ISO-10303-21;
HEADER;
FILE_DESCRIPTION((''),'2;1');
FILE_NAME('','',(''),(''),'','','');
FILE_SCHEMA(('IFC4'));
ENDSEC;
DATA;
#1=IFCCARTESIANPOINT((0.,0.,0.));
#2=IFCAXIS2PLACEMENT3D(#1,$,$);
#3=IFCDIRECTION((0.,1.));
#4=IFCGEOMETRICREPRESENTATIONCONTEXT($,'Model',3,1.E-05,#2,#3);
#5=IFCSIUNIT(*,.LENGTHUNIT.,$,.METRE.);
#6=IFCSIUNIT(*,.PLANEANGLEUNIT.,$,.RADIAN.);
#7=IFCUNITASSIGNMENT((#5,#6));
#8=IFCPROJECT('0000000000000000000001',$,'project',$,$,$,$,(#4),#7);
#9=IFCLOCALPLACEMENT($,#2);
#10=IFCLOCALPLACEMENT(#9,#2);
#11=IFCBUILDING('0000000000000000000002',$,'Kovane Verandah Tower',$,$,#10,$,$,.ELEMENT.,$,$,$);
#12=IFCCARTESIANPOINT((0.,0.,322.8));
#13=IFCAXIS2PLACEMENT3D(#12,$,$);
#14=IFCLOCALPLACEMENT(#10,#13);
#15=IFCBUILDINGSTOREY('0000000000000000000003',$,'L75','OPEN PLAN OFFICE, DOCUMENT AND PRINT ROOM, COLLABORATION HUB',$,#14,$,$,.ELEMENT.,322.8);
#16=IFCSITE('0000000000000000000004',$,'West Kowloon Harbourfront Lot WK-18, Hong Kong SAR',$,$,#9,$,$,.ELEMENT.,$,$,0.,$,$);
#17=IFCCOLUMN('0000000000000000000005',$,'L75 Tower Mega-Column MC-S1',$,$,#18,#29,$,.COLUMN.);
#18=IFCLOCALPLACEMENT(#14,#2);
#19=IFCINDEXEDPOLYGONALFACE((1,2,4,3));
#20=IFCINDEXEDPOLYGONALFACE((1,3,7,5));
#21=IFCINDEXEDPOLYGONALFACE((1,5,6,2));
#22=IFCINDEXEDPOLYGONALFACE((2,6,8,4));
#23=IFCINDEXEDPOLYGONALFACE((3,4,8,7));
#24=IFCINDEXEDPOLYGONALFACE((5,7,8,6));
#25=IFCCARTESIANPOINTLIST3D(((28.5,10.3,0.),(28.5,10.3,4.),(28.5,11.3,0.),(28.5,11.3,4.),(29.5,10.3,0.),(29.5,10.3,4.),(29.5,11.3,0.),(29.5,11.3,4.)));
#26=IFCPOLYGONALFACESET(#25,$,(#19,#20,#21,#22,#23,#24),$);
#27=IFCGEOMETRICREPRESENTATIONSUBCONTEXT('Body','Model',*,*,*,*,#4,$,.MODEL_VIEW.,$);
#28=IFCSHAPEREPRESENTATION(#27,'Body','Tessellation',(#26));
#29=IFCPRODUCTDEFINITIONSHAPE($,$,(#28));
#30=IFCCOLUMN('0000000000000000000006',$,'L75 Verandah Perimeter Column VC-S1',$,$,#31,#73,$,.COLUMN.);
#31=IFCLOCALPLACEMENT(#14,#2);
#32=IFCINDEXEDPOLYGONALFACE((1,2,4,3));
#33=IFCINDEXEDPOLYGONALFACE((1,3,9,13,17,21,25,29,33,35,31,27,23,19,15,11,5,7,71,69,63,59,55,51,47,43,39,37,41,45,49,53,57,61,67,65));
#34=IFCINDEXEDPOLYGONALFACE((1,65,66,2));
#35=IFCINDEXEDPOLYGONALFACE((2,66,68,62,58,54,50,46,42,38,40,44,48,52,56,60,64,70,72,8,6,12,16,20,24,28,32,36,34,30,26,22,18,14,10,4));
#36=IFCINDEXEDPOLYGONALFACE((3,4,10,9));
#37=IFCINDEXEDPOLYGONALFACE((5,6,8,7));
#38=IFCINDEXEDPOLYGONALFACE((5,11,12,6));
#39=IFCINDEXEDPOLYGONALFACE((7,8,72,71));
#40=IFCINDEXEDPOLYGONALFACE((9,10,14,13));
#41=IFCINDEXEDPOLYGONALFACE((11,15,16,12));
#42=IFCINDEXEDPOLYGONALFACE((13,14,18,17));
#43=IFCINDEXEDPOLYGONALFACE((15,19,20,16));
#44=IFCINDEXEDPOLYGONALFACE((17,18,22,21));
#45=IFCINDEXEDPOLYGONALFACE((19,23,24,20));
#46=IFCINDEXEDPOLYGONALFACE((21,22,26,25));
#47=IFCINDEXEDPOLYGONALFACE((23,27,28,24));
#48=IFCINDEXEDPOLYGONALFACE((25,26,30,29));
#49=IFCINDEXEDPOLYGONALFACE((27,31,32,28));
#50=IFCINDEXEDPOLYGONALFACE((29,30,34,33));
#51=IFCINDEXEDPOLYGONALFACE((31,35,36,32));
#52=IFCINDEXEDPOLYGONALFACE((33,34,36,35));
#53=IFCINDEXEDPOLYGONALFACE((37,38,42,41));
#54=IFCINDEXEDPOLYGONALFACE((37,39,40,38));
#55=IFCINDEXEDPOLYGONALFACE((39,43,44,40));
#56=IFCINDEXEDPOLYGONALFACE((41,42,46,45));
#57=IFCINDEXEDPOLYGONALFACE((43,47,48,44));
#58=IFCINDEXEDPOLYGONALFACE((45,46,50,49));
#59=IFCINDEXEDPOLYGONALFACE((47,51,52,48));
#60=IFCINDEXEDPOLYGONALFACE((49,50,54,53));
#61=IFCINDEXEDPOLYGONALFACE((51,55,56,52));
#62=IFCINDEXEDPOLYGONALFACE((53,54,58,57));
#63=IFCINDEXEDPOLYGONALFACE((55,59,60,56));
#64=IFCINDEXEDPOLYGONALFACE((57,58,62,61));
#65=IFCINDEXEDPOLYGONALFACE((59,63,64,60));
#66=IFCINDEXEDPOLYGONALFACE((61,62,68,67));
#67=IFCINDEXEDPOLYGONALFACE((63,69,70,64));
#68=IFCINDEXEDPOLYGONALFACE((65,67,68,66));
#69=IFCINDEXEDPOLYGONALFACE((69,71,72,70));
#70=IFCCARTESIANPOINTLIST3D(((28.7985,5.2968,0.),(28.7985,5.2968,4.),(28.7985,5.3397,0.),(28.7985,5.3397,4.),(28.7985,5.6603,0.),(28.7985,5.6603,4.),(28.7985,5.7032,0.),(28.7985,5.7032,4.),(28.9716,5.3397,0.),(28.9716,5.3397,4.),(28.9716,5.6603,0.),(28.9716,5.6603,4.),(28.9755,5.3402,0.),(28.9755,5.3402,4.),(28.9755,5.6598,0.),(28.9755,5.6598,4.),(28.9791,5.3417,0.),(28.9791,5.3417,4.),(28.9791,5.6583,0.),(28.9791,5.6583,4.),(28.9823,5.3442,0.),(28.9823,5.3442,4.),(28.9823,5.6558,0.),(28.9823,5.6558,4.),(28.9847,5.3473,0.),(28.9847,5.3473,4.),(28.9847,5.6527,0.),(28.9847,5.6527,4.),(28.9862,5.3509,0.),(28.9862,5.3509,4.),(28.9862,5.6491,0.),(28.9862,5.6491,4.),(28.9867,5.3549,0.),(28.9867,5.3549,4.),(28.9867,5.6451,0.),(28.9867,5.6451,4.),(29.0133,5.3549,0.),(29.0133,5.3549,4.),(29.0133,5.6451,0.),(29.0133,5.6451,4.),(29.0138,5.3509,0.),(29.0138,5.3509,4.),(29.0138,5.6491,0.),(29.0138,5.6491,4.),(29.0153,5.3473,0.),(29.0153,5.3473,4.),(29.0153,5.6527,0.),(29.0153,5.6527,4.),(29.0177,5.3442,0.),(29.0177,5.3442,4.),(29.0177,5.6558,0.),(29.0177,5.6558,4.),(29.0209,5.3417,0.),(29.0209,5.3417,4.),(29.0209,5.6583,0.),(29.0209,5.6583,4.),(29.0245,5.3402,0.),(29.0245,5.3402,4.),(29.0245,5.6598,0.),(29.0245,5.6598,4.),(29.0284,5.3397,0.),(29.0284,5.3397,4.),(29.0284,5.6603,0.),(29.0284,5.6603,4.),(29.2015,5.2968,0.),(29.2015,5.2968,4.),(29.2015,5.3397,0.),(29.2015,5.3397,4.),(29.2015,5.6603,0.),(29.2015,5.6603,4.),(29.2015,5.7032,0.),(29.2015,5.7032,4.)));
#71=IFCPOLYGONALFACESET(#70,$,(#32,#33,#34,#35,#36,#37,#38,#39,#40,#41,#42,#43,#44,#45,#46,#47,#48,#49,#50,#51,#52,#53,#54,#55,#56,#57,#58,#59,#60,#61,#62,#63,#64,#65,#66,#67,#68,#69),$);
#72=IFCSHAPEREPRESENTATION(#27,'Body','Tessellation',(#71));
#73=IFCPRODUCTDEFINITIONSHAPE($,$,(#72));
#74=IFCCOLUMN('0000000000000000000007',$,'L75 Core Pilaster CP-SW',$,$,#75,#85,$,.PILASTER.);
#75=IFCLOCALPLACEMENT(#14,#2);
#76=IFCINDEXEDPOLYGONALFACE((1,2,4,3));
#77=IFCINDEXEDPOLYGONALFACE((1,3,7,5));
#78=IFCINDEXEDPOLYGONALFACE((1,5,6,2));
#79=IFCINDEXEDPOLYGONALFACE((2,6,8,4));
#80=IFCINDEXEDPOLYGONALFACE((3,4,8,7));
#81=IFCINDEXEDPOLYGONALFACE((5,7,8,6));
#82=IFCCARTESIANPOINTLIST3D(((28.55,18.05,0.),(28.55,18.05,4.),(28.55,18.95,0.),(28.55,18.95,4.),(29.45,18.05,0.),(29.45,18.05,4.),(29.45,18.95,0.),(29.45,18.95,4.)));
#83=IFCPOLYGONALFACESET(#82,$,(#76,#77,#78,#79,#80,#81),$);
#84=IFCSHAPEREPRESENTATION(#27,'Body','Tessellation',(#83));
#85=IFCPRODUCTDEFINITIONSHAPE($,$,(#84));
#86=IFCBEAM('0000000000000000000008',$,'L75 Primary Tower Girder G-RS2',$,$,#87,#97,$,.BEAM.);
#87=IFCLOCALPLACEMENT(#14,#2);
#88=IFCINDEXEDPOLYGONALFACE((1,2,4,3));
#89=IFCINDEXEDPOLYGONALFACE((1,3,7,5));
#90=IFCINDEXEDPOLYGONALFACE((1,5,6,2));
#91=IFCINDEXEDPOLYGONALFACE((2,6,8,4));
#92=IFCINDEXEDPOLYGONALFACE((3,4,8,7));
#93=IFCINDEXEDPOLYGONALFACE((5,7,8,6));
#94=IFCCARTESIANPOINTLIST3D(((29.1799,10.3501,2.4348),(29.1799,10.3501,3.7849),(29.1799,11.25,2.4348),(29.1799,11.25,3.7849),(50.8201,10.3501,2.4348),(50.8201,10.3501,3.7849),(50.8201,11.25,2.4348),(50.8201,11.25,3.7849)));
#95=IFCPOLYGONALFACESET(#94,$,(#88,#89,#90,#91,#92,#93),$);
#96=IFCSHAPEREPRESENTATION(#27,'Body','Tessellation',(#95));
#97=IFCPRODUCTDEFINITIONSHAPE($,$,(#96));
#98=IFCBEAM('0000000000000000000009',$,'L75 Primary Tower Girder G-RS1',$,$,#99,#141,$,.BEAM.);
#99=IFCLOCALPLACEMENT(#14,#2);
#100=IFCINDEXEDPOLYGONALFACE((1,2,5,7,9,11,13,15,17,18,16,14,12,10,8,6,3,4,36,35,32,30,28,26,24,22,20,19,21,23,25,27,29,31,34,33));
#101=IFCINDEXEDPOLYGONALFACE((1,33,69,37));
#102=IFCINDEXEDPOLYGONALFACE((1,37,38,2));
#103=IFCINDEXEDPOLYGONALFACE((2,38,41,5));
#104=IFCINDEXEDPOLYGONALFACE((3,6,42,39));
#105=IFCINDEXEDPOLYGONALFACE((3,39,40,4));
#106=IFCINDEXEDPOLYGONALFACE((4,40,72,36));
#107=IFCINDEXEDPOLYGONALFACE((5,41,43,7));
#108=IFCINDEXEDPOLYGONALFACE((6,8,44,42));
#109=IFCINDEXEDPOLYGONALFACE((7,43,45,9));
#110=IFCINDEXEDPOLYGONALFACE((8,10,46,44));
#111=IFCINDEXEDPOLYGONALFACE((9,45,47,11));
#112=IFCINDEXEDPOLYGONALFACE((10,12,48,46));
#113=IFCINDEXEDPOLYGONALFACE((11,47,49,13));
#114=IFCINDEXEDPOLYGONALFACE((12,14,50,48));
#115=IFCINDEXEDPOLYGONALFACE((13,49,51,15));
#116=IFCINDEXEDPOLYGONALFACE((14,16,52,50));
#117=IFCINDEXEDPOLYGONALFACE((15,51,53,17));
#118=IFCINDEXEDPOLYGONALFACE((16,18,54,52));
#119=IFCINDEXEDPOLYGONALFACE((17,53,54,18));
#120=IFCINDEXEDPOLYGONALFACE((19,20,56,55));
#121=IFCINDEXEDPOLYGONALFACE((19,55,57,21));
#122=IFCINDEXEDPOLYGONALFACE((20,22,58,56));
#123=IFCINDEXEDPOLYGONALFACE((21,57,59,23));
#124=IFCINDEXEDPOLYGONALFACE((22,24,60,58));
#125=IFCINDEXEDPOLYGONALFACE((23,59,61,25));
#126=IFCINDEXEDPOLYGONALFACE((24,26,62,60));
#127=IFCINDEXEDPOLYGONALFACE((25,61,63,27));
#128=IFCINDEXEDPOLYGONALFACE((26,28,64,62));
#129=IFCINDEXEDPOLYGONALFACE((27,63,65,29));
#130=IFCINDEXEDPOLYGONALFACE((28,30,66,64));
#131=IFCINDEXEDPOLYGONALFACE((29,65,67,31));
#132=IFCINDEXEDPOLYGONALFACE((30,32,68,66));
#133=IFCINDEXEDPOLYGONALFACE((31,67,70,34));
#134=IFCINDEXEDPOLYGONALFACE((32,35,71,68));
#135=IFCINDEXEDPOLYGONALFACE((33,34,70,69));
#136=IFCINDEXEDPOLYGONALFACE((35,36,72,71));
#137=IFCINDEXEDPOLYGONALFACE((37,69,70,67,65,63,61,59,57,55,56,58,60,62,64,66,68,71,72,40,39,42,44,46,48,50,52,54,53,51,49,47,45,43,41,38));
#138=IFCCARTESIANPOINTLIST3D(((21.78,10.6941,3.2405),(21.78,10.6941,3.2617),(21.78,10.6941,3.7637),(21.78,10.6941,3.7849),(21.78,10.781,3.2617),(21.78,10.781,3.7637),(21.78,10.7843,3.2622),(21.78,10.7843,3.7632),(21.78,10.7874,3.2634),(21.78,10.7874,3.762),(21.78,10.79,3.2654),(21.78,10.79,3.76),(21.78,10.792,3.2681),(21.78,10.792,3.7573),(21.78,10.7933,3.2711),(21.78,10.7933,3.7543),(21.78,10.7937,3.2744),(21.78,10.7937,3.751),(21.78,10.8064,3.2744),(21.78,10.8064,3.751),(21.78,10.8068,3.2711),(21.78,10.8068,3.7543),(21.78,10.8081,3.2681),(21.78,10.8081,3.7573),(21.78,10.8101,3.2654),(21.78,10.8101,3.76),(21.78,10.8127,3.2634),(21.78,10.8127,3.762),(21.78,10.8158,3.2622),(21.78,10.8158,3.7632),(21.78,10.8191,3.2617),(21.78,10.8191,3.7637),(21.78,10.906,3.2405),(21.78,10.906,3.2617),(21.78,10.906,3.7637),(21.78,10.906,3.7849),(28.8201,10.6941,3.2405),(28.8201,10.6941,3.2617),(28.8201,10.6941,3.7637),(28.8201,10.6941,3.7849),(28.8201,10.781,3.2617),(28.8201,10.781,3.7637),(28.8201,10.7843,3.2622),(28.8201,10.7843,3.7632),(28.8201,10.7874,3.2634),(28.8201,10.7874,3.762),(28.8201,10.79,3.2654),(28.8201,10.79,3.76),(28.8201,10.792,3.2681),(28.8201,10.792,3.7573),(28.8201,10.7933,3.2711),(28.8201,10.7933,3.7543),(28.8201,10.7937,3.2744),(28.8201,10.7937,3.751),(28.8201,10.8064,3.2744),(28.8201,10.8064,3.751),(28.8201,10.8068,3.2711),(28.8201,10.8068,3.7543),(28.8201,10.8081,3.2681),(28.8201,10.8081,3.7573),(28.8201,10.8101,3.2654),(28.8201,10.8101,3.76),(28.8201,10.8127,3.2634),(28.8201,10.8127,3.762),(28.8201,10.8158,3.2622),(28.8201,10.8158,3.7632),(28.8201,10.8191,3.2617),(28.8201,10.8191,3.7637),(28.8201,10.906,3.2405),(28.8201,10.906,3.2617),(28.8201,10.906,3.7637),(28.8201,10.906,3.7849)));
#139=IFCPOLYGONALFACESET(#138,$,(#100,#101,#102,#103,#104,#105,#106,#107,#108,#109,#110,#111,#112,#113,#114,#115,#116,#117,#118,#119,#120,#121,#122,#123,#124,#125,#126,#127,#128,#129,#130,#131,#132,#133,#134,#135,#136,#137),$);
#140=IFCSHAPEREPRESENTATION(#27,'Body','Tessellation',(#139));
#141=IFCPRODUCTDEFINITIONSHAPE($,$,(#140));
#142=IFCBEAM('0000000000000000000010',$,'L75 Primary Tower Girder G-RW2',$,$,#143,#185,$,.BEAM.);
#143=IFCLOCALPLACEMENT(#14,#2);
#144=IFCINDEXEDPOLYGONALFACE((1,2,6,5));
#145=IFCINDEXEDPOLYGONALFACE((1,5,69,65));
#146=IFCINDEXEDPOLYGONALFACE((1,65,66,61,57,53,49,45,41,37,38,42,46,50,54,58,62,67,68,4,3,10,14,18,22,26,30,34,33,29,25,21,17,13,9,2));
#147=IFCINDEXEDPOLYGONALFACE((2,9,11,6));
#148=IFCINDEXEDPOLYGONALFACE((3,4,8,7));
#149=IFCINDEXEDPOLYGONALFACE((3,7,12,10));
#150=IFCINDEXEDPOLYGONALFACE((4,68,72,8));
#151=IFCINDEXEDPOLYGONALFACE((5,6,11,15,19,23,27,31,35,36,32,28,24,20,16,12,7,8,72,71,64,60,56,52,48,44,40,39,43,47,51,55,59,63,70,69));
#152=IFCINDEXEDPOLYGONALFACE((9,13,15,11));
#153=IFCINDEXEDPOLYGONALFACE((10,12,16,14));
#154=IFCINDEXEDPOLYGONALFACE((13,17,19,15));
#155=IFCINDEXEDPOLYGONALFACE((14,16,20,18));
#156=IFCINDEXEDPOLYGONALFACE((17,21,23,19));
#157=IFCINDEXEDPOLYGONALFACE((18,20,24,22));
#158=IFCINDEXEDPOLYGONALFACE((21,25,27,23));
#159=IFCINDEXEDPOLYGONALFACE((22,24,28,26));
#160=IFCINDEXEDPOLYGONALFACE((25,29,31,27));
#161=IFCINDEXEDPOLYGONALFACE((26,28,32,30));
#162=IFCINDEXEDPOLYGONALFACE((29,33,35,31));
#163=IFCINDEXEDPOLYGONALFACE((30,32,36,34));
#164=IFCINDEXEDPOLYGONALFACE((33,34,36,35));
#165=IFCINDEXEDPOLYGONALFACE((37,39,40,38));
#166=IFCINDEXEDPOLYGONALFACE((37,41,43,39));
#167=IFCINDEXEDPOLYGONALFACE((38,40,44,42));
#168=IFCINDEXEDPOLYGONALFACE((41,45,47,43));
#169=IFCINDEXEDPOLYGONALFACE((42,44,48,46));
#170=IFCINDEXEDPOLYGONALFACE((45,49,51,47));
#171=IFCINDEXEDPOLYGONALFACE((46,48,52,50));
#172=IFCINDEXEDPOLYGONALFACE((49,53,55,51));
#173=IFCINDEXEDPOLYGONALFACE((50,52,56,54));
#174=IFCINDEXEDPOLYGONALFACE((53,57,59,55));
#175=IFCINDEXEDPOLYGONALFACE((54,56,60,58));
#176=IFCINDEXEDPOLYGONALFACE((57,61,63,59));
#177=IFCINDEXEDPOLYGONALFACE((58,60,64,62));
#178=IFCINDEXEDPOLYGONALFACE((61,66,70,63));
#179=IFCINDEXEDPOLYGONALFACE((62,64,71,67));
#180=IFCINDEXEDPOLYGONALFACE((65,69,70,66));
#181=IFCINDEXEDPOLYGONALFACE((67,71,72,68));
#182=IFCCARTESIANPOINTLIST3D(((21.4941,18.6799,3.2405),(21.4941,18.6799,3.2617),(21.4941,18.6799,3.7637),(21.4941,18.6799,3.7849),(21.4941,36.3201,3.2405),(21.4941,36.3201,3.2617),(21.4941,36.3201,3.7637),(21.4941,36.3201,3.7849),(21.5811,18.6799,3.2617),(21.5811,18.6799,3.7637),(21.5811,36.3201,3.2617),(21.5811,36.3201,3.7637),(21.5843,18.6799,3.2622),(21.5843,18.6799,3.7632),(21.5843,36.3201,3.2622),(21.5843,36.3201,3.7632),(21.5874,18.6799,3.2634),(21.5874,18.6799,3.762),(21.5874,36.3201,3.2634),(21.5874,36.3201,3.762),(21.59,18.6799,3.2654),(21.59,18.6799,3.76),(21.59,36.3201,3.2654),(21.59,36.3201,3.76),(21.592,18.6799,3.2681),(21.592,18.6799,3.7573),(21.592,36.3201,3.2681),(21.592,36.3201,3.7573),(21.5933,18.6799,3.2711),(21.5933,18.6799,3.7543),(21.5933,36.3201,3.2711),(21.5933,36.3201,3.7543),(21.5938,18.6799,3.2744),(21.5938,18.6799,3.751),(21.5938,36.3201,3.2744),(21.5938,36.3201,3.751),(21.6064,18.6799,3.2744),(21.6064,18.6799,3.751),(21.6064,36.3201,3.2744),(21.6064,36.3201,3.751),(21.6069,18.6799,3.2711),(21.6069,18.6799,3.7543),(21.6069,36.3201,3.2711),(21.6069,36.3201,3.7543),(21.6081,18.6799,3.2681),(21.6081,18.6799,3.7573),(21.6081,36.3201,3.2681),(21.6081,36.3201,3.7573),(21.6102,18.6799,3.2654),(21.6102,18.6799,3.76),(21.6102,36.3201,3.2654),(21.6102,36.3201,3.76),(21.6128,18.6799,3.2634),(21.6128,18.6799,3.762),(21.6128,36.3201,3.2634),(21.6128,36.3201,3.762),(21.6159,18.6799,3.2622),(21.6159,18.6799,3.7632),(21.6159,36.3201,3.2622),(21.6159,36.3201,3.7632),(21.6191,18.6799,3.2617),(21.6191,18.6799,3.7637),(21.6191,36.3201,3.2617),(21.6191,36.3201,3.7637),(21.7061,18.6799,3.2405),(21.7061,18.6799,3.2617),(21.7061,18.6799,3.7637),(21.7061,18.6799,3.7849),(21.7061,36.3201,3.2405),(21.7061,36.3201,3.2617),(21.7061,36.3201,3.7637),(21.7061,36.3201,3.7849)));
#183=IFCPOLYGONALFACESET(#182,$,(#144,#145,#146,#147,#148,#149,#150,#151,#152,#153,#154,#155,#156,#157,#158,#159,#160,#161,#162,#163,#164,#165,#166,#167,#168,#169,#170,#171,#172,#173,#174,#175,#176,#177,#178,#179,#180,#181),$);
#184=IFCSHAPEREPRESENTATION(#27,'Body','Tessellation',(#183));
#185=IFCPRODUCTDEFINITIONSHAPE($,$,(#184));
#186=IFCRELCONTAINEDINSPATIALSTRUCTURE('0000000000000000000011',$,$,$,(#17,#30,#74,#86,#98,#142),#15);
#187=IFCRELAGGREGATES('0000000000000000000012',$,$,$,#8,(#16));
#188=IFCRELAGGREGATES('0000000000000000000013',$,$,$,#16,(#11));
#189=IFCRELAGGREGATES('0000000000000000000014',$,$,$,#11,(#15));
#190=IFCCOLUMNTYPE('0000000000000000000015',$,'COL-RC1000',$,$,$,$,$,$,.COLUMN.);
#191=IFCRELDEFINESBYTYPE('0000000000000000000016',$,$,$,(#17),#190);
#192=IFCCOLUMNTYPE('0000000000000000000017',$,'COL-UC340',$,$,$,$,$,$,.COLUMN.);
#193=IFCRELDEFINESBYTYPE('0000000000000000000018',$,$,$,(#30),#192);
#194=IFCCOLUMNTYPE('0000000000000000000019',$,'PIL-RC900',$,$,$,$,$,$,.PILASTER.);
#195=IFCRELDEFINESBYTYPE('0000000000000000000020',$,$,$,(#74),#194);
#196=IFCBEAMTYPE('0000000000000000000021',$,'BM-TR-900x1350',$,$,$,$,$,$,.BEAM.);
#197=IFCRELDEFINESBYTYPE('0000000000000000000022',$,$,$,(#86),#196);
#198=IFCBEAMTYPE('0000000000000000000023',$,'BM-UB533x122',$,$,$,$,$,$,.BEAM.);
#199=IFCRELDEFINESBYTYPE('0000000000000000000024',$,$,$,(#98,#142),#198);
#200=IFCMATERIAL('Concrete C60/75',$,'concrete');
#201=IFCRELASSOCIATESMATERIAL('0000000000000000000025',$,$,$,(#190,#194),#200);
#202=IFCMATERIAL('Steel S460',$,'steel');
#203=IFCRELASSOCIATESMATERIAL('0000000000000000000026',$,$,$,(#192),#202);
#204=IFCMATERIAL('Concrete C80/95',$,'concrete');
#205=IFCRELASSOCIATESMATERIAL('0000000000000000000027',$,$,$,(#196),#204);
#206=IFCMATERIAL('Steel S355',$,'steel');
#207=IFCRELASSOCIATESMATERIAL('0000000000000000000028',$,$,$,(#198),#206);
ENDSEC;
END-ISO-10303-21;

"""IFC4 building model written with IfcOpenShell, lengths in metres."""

from ifc_helpers import new_model, si_unit, direction, frame, origin, origin_2d, place, context, subcontext, project, spatial, rectangle, i_section, extrude, material, material_profile, profile_set, type_object, element, save


model = new_model("IFC4")

# Units and contexts
model_context = context("Model", 3, precision=1e-05, world=origin(), true_north=direction((0.0, 1.0)))
body_context = subcontext(model_context, "Body", "Model", "MODEL_VIEW")
ifc_project = project(units=[si_unit("LENGTHUNIT", "METRE"), si_unit("PLANEANGLEUNIT", "RADIAN")], contexts=[model_context])

# Site, building, storey
site_placement = place(None, origin())
site = spatial("IfcSite", under=ifc_project, at=site_placement, Name="West Kowloon Harbourfront Lot WK-18, Hong Kong SAR", CompositionType="ELEMENT", RefElevation=0.0)
building_placement = place(site_placement, origin())
building = spatial("IfcBuilding", under=site, at=building_placement, Name="Kovane Verandah Tower", CompositionType="ELEMENT")
storey_placement = place(building_placement, frame((0.0, 0.0, 322.8)))
storey = spatial("IfcBuildingStorey", under=building, at=storey_placement, Name="L75", Description="OPEN PLAN OFFICE, DOCUMENT AND PRINT ROOM, COLLABORATION HUB", CompositionType="ELEMENT", Elevation=322.8)

# Columns
ifc_material_1 = material(Name="Concrete C60/75", Category="concrete")
ifc_material_profile_1 = material_profile(ifc_material_1, rectangle(XDim=1.0, YDim=1.0, at=origin_2d()), Name="RC1000x1000")
ifc_profile_set_1 = profile_set([ifc_material_profile_1], Name="Concrete C60/75")
column_type_1 = type_object("IfcColumnType", Name="COL-RC1000", PredefinedType="COLUMN", material=ifc_profile_set_1)
column_1_placement = place(storey_placement, frame((29.0, 10.8, 0.0), z_axis=(0.0, 0.0, 1.0), x_axis=(1.0, 0.0, 0.0)))
element("IfcColumn", 1, at=column_1_placement, inside=storey, type_object=column_type_1, Name="L75 Tower Mega-Column MC-S1", PredefinedType="COLUMN", context=body_context, shape_type="SweptSolid", body=[
    extrude(rectangle(XDim=1.0, YDim=1.0, at=origin_2d()), origin(), (0.0, 0.0, 1.0), 4.0),
])
ifc_material_2 = material(Name="Steel S460", Category="steel")
ifc_material_profile_2 = material_profile(ifc_material_2, i_section(OverallWidth=0.4031, OverallDepth=0.4065, WebThickness=0.0266, FlangeThickness=0.043, FilletRadius=0.0151, at=origin_2d()), Name="UC356x406x340")
ifc_profile_set_2 = profile_set([ifc_material_profile_2], Name="Steel S460")
column_type_2 = type_object("IfcColumnType", Name="COL-UC340", PredefinedType="COLUMN", material=ifc_profile_set_2)
column_2_placement = place(storey_placement, frame((29.0, 5.5, 0.0), z_axis=(0.0, 0.0, 1.0), x_axis=(1.0, 0.0, 0.0)))
element("IfcColumn", 2, at=column_2_placement, inside=storey, type_object=column_type_2, Name="L75 Verandah Perimeter Column VC-S1", PredefinedType="COLUMN", context=body_context, shape_type="SweptSolid", body=[
    extrude(i_section(OverallWidth=0.4031, OverallDepth=0.4065, WebThickness=0.0266, FlangeThickness=0.043, FilletRadius=0.0151, at=origin_2d()), origin(), (0.0, 0.0, 1.0), 4.0),
])
ifc_material_profile_3 = material_profile(ifc_material_1, rectangle(XDim=0.8999, YDim=0.8999, at=origin_2d()), Name="RC900x900")
ifc_profile_set_3 = profile_set([ifc_material_profile_3], Name="Concrete C60/75")
column_type_3 = type_object("IfcColumnType", Name="PIL-RC900", PredefinedType="PILASTER", material=ifc_profile_set_3)
column_3_placement = place(storey_placement, frame((29.0, 18.5, 0.0), z_axis=(0.0, 0.0, 1.0), x_axis=(1.0, 0.0, 0.0)))
element("IfcColumn", 3, at=column_3_placement, inside=storey, type_object=column_type_3, Name="L75 Core Pilaster CP-SW", PredefinedType="PILASTER", context=body_context, shape_type="SweptSolid", body=[
    extrude(rectangle(XDim=0.8999, YDim=0.8999, at=origin_2d()), origin(), (0.0, 0.0, 1.0), 4.0),
])

# Beams
ifc_material_3 = material(Name="Concrete C80/95", Category="concrete")
ifc_material_profile_4 = material_profile(ifc_material_3, rectangle(XDim=0.8999, YDim=1.3501, at=origin_2d()), Name="RCB900x1350")
ifc_profile_set_4 = profile_set([ifc_material_profile_4], Name="Concrete C80/95")
beam_type_1 = type_object("IfcBeamType", Name="BM-TR-900x1350", PredefinedType="BEAM", material=ifc_profile_set_4)
beam_1_placement = place(storey_placement, frame((29.1799, 10.8, 3.1099), z_axis=(1.0, 0.0, 0.0), x_axis=(0.0, 1.0, 0.0)))
element("IfcBeam", 4, at=beam_1_placement, inside=storey, type_object=beam_type_1, Name="L75 Primary Tower Girder G-RS2", PredefinedType="BEAM", context=body_context, shape_type="SweptSolid", body=[
    extrude(rectangle(XDim=0.8999, YDim=1.3501, at=origin_2d()), origin(), (0.0, 0.0, 1.0), 21.6401),
])
ifc_material_4 = material(Name="Steel S355", Category="steel")
ifc_material_profile_5 = material_profile(ifc_material_4, i_section(OverallWidth=0.2119, OverallDepth=0.5444, WebThickness=0.0127, FlangeThickness=0.0212, FilletRadius=0.0127, at=origin_2d()), Name="UB533x210x122")
ifc_profile_set_5 = profile_set([ifc_material_profile_5], Name="Steel S355")
beam_type_2 = type_object("IfcBeamType", Name="BM-UB533x122", PredefinedType="BEAM", material=ifc_profile_set_5)
beam_2_placement = place(storey_placement, frame((21.78, 10.8, 3.5127), z_axis=(1.0, 0.0, 0.0), x_axis=(0.0, 1.0, 0.0)))
element("IfcBeam", 5, at=beam_2_placement, inside=storey, type_object=beam_type_2, Name="L75 Primary Tower Girder G-RS1", PredefinedType="BEAM", context=body_context, shape_type="SweptSolid", body=[
    extrude(i_section(OverallWidth=0.2119, OverallDepth=0.5444, WebThickness=0.0127, FlangeThickness=0.0212, FilletRadius=0.0127, at=origin_2d()), origin(), (0.0, 0.0, 1.0), 7.04),
])
beam_3_placement = place(storey_placement, frame((21.6001, 18.6799, 3.5127), z_axis=(0.0, 1.0, 0.0), x_axis=(-1.0, 0.0, 0.0)))
element("IfcBeam", 6, at=beam_3_placement, inside=storey, type_object=beam_type_2, Name="L75 Primary Tower Girder G-RW2", PredefinedType="BEAM", context=body_context, shape_type="SweptSolid", body=[
    extrude(i_section(OverallWidth=0.2119, OverallDepth=0.5444, WebThickness=0.0127, FlangeThickness=0.0212, FilletRadius=0.0127, at=origin_2d()), origin(), (0.0, 0.0, 1.0), 17.6401),
])

save(model, "model.ifc")
